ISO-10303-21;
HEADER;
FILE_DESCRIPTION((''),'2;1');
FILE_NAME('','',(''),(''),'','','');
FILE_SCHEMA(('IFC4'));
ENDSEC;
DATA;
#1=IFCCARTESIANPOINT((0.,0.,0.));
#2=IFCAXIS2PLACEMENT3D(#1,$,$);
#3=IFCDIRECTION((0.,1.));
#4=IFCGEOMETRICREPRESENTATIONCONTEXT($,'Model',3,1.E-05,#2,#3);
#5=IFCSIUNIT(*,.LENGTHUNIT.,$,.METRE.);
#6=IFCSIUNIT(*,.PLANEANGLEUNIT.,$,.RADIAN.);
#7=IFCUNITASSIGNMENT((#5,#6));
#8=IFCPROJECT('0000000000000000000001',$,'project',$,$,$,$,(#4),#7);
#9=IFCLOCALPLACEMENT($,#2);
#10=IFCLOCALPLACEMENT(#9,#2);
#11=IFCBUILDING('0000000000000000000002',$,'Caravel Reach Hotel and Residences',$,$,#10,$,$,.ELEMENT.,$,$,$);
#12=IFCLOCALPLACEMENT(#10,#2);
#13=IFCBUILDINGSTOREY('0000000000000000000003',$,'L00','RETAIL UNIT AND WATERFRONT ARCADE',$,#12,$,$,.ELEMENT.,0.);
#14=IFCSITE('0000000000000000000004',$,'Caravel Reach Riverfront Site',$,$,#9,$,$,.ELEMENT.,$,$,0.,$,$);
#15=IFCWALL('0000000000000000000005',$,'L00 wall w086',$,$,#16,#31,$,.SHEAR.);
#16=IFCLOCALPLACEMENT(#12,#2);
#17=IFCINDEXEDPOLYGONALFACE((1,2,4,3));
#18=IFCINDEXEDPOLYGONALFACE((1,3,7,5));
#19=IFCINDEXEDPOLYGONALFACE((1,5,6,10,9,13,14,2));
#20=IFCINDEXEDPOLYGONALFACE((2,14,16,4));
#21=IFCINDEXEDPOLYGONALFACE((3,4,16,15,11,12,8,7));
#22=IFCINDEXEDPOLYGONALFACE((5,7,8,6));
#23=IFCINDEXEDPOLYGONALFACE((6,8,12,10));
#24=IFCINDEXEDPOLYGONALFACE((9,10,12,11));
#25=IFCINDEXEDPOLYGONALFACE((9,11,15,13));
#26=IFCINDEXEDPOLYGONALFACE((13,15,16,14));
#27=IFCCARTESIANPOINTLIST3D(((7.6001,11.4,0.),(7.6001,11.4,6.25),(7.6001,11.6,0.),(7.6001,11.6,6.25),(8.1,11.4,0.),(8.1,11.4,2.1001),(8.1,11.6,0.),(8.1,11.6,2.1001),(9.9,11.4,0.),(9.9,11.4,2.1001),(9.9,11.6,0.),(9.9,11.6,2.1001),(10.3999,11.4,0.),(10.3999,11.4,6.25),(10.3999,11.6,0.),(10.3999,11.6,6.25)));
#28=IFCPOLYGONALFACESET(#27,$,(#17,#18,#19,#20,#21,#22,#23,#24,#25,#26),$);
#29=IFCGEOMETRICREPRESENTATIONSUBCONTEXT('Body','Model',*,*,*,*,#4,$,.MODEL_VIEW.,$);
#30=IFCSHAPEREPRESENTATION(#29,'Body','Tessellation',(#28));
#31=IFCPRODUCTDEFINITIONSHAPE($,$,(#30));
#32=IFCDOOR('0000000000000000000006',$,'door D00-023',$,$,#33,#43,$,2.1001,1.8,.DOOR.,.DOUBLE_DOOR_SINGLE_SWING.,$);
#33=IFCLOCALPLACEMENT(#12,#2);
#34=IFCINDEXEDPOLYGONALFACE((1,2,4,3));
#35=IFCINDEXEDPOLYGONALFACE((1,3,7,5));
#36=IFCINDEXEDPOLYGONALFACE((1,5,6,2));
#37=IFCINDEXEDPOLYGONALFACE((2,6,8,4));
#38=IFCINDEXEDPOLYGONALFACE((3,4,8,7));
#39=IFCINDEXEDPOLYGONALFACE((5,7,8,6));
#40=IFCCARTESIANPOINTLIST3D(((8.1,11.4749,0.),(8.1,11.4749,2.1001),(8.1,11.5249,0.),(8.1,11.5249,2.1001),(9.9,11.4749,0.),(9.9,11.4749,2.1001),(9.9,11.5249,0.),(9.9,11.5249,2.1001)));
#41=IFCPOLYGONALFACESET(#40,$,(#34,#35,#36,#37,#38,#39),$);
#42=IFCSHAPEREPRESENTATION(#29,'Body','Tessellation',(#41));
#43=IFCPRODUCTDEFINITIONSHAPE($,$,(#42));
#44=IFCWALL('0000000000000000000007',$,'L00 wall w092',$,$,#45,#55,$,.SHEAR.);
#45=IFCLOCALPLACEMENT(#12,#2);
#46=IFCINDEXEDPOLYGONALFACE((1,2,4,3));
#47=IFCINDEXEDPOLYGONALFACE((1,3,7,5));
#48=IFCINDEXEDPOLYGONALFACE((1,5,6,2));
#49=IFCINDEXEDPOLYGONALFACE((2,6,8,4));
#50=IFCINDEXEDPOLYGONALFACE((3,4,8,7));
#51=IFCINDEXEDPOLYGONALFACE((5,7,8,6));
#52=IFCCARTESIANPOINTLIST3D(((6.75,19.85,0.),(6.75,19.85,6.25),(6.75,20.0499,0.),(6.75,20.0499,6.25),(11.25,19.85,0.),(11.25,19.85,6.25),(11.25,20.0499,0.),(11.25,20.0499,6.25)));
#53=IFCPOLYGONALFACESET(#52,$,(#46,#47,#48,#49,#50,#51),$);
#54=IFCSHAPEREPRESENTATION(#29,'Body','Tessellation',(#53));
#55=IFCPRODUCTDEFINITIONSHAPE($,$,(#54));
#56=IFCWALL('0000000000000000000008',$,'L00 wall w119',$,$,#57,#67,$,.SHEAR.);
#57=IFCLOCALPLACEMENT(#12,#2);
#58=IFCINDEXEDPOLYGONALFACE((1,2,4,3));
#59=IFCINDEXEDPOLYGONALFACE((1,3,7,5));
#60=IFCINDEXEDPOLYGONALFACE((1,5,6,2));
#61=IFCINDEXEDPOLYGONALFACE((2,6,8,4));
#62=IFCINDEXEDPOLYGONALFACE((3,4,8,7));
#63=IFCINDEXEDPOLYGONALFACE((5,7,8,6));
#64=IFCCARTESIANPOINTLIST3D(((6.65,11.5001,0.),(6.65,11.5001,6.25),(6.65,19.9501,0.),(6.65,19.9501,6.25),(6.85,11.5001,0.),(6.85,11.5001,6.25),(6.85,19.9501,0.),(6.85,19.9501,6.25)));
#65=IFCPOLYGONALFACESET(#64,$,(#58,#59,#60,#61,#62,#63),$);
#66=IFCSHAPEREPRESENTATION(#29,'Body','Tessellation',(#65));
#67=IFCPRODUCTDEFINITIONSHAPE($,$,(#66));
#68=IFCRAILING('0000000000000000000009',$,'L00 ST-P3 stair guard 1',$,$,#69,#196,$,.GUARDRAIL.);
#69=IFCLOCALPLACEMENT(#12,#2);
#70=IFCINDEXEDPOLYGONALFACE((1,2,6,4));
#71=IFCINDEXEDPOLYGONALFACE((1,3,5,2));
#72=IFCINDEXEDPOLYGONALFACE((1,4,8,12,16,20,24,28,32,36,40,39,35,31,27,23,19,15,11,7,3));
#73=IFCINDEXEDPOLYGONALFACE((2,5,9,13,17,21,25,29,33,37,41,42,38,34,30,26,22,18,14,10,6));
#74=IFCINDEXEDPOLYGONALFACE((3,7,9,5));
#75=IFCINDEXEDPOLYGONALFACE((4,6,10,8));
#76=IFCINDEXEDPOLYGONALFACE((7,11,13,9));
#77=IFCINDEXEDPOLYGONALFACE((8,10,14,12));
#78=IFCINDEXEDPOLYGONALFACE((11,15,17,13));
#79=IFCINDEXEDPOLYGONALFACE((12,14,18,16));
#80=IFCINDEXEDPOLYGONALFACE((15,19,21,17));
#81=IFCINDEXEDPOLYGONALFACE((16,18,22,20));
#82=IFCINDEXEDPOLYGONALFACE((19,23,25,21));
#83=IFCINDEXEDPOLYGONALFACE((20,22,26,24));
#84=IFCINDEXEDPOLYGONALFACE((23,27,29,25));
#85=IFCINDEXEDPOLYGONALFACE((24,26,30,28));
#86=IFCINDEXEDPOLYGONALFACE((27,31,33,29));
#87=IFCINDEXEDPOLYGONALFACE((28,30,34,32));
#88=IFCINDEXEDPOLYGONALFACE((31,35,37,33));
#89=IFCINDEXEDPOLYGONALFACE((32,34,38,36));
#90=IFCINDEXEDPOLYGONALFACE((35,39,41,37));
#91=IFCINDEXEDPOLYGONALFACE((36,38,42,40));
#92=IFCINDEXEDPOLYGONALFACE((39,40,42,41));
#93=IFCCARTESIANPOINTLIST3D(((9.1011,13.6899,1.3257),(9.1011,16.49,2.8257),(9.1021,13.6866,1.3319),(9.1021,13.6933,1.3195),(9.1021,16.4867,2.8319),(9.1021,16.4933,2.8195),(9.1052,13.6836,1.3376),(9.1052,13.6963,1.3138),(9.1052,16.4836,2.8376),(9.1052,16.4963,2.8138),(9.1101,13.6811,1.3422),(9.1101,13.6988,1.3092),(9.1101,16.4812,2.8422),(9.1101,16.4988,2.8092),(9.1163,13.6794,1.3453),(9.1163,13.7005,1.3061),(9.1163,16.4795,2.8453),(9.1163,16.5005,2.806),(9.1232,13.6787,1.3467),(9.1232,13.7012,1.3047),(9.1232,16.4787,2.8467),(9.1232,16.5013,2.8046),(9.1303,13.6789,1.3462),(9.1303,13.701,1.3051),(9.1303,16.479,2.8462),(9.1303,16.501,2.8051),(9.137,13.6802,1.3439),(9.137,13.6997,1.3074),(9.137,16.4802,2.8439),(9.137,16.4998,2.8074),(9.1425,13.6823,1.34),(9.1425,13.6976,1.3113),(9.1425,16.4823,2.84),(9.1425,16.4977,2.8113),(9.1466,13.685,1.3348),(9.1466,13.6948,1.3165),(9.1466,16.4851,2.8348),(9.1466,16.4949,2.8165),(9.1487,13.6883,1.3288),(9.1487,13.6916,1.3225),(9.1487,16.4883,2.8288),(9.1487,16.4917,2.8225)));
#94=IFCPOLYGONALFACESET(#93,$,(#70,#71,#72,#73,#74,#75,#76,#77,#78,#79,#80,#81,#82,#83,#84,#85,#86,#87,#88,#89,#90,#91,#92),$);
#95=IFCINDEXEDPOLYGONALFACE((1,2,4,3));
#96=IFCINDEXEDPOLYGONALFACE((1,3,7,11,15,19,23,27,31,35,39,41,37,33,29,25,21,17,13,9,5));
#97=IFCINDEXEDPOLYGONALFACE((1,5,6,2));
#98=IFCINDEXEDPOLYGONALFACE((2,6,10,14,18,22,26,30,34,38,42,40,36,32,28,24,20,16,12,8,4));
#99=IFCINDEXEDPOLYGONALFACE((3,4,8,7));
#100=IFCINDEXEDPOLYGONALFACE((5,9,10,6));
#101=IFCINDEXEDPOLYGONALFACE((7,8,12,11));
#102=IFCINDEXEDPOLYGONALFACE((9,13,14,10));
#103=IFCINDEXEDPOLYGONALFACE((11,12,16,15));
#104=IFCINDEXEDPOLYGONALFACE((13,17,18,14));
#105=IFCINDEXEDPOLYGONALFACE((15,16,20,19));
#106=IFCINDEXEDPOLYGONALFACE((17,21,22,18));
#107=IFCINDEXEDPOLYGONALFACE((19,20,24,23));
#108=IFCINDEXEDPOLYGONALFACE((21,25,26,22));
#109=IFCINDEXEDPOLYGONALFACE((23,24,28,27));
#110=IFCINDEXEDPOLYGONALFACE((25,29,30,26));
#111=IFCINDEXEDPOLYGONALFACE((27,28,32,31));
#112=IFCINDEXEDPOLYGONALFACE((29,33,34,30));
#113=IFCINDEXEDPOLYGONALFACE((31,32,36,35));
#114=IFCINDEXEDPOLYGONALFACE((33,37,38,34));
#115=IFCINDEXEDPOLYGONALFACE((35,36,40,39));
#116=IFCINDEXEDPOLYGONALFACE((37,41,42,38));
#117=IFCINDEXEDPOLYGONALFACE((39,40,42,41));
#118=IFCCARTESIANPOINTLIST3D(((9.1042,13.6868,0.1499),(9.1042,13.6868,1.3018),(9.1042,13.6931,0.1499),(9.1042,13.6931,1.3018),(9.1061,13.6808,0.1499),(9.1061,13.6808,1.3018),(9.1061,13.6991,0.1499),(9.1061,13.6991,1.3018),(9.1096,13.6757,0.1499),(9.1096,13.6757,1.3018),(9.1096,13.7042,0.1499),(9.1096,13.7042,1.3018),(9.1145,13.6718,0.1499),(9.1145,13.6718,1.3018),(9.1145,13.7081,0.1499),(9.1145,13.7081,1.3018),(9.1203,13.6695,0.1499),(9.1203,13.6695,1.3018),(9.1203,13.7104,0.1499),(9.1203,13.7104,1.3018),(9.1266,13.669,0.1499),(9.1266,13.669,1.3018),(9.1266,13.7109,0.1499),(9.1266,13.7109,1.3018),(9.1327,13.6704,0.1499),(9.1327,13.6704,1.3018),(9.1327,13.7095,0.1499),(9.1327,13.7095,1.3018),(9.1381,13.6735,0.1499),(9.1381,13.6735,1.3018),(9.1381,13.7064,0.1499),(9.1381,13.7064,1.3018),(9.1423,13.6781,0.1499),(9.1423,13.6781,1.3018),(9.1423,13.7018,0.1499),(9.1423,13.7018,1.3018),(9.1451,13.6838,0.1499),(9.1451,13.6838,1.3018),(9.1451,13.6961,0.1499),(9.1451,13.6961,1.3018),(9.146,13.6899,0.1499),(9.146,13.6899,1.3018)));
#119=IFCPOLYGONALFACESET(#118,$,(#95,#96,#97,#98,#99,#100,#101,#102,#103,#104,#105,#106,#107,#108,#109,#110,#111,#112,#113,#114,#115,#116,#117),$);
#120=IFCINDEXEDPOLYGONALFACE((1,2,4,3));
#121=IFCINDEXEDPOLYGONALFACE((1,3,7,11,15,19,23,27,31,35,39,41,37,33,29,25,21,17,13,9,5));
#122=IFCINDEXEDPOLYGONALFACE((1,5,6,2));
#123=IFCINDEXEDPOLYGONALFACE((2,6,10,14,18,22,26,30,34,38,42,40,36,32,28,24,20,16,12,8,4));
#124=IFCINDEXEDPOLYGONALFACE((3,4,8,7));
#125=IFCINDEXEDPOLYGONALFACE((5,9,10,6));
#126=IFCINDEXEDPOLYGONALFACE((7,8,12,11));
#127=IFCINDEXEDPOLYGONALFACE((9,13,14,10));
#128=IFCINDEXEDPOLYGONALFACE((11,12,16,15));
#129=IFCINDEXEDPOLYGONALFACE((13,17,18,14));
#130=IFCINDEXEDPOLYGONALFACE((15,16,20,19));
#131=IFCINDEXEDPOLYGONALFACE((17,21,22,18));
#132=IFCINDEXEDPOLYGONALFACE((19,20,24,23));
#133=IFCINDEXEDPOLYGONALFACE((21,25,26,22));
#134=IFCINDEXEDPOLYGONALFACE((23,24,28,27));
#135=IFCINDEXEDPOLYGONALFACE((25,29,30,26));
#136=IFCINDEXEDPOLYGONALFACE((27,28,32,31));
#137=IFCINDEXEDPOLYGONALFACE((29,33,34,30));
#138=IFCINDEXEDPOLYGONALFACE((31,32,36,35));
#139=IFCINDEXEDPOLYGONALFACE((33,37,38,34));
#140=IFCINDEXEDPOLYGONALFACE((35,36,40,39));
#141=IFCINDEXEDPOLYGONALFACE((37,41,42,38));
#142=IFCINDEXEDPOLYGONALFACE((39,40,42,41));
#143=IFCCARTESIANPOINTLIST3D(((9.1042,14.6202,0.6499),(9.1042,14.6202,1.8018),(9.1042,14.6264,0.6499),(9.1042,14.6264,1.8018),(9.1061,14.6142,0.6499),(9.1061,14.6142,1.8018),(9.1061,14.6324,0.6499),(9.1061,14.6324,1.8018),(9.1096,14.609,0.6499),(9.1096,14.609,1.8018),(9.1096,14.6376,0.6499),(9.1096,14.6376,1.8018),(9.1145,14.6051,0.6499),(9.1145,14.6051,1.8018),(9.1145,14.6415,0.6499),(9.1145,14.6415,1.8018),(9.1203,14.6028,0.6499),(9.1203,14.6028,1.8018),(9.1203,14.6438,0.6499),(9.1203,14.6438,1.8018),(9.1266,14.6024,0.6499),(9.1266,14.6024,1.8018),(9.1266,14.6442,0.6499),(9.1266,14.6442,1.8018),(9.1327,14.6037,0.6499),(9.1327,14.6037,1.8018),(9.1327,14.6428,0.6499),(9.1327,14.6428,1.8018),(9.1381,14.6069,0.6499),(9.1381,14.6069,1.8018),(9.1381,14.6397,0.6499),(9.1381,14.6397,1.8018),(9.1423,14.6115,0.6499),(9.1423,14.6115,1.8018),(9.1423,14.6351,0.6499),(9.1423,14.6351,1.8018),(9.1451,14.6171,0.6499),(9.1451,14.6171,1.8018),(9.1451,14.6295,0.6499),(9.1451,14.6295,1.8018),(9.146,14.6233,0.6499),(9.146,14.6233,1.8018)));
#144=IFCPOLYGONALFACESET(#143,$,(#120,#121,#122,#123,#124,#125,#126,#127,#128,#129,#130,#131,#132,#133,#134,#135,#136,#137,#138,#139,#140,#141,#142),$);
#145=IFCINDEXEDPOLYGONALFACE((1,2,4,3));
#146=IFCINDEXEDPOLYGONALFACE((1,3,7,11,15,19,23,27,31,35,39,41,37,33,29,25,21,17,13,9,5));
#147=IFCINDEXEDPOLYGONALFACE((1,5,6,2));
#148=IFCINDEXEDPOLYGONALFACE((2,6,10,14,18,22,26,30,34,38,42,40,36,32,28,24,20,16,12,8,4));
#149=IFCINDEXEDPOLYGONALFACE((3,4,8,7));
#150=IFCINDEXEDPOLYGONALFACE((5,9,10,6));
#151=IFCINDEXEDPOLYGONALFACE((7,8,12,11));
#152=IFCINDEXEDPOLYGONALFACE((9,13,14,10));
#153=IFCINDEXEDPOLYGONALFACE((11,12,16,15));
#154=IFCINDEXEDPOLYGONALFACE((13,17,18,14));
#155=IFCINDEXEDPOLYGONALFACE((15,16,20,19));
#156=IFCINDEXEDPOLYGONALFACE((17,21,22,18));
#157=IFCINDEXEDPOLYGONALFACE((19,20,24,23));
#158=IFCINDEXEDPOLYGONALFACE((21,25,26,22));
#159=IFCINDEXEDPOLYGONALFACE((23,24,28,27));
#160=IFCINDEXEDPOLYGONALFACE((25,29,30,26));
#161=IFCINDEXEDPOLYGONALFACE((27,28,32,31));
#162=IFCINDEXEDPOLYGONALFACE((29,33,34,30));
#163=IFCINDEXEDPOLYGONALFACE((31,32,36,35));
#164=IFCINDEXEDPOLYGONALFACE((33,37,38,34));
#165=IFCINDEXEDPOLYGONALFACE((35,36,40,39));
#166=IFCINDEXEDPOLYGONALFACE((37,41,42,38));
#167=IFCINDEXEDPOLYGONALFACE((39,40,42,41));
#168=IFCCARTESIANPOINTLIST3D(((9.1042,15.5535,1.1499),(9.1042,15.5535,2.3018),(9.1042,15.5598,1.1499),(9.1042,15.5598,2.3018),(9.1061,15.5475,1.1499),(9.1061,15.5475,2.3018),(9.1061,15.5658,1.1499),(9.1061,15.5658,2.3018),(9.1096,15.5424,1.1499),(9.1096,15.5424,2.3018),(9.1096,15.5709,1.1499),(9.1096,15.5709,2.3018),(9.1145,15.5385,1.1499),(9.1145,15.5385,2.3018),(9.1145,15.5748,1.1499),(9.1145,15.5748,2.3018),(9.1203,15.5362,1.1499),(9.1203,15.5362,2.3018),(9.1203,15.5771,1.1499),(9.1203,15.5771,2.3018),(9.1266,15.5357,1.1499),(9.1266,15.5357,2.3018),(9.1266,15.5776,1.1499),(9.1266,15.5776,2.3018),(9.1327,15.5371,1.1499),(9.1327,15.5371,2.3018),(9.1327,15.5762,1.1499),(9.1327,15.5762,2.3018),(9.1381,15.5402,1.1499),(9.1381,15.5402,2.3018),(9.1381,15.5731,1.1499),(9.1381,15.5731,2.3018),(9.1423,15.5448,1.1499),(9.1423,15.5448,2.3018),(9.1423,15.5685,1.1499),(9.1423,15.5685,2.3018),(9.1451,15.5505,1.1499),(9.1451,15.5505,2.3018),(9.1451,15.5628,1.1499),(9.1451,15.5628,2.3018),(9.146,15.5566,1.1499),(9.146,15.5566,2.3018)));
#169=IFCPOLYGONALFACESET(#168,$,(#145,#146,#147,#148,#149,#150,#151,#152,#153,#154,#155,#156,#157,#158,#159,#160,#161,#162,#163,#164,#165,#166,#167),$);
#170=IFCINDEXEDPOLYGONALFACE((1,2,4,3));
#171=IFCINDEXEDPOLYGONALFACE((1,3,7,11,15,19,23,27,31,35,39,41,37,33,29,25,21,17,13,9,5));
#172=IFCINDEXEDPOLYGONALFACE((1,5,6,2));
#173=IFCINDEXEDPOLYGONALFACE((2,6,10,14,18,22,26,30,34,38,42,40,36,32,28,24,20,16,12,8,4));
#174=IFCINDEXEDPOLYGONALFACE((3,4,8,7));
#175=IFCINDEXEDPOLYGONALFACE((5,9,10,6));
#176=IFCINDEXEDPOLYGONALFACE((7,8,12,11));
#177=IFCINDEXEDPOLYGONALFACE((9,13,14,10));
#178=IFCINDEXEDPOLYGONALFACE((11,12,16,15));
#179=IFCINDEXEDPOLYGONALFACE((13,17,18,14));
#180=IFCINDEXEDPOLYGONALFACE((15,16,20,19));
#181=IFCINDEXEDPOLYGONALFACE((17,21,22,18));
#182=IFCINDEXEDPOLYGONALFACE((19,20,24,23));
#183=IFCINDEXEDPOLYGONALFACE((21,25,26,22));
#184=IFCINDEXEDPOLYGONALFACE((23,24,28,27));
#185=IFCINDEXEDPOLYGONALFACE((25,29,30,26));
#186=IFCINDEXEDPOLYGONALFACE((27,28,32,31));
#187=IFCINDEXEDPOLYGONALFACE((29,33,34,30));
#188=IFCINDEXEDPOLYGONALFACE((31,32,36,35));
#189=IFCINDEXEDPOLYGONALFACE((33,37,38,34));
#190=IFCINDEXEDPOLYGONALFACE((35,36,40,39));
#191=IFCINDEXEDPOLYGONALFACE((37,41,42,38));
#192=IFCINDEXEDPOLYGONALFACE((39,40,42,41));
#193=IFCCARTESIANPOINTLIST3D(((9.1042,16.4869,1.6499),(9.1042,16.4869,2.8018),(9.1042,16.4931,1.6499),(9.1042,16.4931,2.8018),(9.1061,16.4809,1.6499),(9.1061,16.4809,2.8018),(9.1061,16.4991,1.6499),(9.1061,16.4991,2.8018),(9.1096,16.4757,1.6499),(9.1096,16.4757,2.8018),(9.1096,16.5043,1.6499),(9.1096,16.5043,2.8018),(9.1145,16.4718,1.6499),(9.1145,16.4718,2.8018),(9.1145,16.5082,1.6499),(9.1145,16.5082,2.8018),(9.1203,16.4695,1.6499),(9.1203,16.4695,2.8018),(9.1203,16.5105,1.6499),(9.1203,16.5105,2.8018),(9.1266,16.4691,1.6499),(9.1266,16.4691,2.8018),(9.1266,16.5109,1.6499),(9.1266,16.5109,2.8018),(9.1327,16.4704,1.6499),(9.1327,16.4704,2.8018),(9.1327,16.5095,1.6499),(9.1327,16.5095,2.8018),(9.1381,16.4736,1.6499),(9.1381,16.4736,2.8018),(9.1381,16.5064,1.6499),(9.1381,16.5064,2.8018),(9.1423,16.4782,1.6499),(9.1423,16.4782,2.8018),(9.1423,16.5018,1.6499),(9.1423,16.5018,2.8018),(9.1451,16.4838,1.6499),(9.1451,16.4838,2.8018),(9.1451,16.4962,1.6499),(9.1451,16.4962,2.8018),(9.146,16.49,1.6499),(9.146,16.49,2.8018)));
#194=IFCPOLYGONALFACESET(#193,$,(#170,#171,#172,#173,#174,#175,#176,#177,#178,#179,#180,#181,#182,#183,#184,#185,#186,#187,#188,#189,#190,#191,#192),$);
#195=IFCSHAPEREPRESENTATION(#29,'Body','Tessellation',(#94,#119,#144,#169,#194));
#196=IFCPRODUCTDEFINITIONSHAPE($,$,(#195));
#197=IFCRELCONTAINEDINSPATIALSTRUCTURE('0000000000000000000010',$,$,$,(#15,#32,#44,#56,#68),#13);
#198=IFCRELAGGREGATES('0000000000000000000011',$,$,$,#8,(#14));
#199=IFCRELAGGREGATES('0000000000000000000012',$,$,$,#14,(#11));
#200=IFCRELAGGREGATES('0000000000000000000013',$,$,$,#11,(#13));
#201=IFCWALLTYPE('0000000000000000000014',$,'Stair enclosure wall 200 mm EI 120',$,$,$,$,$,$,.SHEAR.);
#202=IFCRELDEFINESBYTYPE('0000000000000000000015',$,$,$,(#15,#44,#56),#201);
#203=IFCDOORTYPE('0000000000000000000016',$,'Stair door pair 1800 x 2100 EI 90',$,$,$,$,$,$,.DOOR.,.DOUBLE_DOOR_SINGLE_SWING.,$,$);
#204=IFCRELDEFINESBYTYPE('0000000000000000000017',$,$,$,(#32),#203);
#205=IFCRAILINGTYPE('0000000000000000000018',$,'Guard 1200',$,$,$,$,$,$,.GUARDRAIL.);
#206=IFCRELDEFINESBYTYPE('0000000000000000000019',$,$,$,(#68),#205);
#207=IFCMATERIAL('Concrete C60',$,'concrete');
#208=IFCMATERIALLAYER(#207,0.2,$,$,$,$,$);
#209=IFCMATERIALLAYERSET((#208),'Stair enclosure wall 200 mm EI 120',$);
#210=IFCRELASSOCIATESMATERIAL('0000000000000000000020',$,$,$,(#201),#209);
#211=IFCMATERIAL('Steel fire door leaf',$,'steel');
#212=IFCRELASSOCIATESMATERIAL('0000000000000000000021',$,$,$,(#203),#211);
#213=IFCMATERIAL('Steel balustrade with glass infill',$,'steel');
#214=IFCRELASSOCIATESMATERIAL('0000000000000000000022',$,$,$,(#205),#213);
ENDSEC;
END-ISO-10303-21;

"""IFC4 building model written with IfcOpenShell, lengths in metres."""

from ifc_helpers import new_model, si_unit, direction, frame, frame_2d, origin, origin_2d, place, context, subcontext, project, spatial, rectangle, circle, extrude, material, layer, layer_set, type_object, element, fill, save


model = new_model("IFC4")

# Units and contexts
model_context = context("Model", 3, precision=1e-05, world=origin(), true_north=direction((0.0, 1.0)))
body_context = subcontext(model_context, "Body", "Model", "MODEL_VIEW")
ifc_project = project(units=[si_unit("LENGTHUNIT", "METRE"), si_unit("PLANEANGLEUNIT", "RADIAN")], contexts=[model_context])

# Site, building, storey
site_placement = place(None, origin())
site = spatial("IfcSite", under=ifc_project, at=site_placement, Name="Caravel Reach Riverfront Site", CompositionType="ELEMENT", RefElevation=0.0)
building_placement = place(site_placement, origin())
building = spatial("IfcBuilding", under=site, at=building_placement, Name="Caravel Reach Hotel and Residences", CompositionType="ELEMENT")
storey_placement = place(building_placement, origin())
storey = spatial("IfcBuildingStorey", under=building, at=storey_placement, Name="L00", Description="RETAIL UNIT AND WATERFRONT ARCADE", CompositionType="ELEMENT", Elevation=0.0)

# Shared definitions
ifc_material_1 = material(Name="Concrete C60", Category="concrete")
ifc_layer_1 = layer(ifc_material_1, 0.2)
ifc_layer_set_1 = layer_set([ifc_layer_1], Name="Stair enclosure wall 200 mm EI 120")
wall_type_1 = type_object("IfcWallType", Name="Stair enclosure wall 200 mm EI 120", PredefinedType="SHEAR", material=ifc_layer_set_1)

# Wall, opening, door
wall_1_placement = place(storey_placement, frame((7.6001, 11.5, 0.0), z_axis=(0.0, 0.0, 1.0), x_axis=(1.0, 0.0, 0.0)))
wall_1 = element("IfcWall", 1, at=wall_1_placement, inside=storey, type_object=wall_type_1, Name="L00 wall w086", PredefinedType="SHEAR", context=body_context, shape_type="SweptSolid", body=[
    extrude(rectangle(XDim=2.7998, YDim=0.2, at=frame_2d((1.3999, 0.0))), origin(), (0.0, 0.0, 1.0), 6.25),
])
opening_1_placement = place(wall_1_placement, frame((0.5, 0.0, 0.0)))
opening_1 = element("IfcOpeningElement", 2, at=opening_1_placement, cuts=wall_1, PredefinedType="OPENING", context=body_context, shape_type="SweptSolid", body=[
    extrude(rectangle(XDim=1.8, YDim=2.1001, at=frame_2d((0.8999, 1.05))), frame((0.0, 0.1099, 0.0), z_axis=(0.0, -1.0, 0.0), x_axis=(1.0, 0.0, 0.0)), (0.0, 0.0, 1.0), 0.22),
])
ifc_material_2 = material(Name="Steel fire door leaf", Category="steel")
door_type_1 = type_object("IfcDoorType", Name="Stair door pair 1800 x 2100 EI 90", OperationType="DOUBLE_DOOR_SINGLE_SWING", PredefinedType="DOOR", material=ifc_material_2)
door_1_placement = place(opening_1_placement, origin())
door_1 = element("IfcDoor", 3, at=door_1_placement, inside=storey, type_object=door_type_1, Name="door D00-023", OperationType="DOUBLE_DOOR_SINGLE_SWING", OverallHeight=2.1001, OverallWidth=1.8, PredefinedType="DOOR", context=body_context, shape_type="SweptSolid", body=[
    extrude(rectangle(XDim=1.8, YDim=2.1001, at=frame_2d((0.8999, 1.05))), frame((0.0, 0.0249, 0.0), z_axis=(0.0, -1.0, 0.0), x_axis=(1.0, 0.0, 0.0)), (0.0, 0.0, 1.0), 0.05),
])
fill(opening_1, door_1)

# Walls
wall_2_placement = place(storey_placement, frame((6.75, 19.95, 0.0), z_axis=(0.0, 0.0, 1.0), x_axis=(1.0, 0.0, 0.0)))
element("IfcWall", 4, at=wall_2_placement, inside=storey, type_object=wall_type_1, Name="L00 wall w092", PredefinedType="SHEAR", context=body_context, shape_type="SweptSolid", body=[
    extrude(rectangle(XDim=4.5, YDim=0.2, at=frame_2d((2.25, 0.0))), origin(), (0.0, 0.0, 1.0), 6.25),
])
wall_3_placement = place(storey_placement, frame((6.75, 11.5, 0.0), z_axis=(0.0, 0.0, 1.0), x_axis=(0.0, 1.0, 0.0)))
element("IfcWall", 5, at=wall_3_placement, inside=storey, type_object=wall_type_1, Name="L00 wall w119", PredefinedType="SHEAR", context=body_context, shape_type="SweptSolid", body=[
    extrude(rectangle(XDim=8.45, YDim=0.2, at=frame_2d((4.2251, 0.0))), origin(), (0.0, 0.0, 1.0), 6.25),
])

# Railing
ifc_material_3 = material(Name="Steel balustrade with glass infill", Category="steel")
railing_type_1 = type_object("IfcRailingType", Name="Guard 1200", PredefinedType="GUARDRAIL", material=ifc_material_3)
railing_1_placement = place(storey_placement, frame((9.125, 13.6899, 0.1499)))
element("IfcRailing", 6, at=railing_1_placement, inside=storey, type_object=railing_type_1, Name="L00 ST-P3 stair guard 1", PredefinedType="GUARDRAIL", context=body_context, shape_type="SweptSolid", body=[
    extrude(circle(Radius=0.0239, at=origin_2d()), frame((0.0, 0.0, 1.1758), z_axis=(0.0, 0.881483, 0.472215), x_axis=(-1.0, 0.0, 0.0)), (0.0, 0.0, 1.0), 3.1765),
    extrude(circle(Radius=0.021, at=origin_2d()), origin(), (0.0, 0.0, 1.0), 1.1519),
    extrude(circle(Radius=0.021, at=origin_2d()), frame((0.0, 0.9333, 0.5)), (0.0, 0.0, 1.0), 1.1519),
    extrude(circle(Radius=0.021, at=origin_2d()), frame((0.0, 1.8667, 1.0)), (0.0, 0.0, 1.0), 1.1519),
    extrude(circle(Radius=0.021, at=origin_2d()), frame((0.0, 2.8, 1.5)), (0.0, 0.0, 1.0), 1.1519),
])

save(model, "model.ifc")
